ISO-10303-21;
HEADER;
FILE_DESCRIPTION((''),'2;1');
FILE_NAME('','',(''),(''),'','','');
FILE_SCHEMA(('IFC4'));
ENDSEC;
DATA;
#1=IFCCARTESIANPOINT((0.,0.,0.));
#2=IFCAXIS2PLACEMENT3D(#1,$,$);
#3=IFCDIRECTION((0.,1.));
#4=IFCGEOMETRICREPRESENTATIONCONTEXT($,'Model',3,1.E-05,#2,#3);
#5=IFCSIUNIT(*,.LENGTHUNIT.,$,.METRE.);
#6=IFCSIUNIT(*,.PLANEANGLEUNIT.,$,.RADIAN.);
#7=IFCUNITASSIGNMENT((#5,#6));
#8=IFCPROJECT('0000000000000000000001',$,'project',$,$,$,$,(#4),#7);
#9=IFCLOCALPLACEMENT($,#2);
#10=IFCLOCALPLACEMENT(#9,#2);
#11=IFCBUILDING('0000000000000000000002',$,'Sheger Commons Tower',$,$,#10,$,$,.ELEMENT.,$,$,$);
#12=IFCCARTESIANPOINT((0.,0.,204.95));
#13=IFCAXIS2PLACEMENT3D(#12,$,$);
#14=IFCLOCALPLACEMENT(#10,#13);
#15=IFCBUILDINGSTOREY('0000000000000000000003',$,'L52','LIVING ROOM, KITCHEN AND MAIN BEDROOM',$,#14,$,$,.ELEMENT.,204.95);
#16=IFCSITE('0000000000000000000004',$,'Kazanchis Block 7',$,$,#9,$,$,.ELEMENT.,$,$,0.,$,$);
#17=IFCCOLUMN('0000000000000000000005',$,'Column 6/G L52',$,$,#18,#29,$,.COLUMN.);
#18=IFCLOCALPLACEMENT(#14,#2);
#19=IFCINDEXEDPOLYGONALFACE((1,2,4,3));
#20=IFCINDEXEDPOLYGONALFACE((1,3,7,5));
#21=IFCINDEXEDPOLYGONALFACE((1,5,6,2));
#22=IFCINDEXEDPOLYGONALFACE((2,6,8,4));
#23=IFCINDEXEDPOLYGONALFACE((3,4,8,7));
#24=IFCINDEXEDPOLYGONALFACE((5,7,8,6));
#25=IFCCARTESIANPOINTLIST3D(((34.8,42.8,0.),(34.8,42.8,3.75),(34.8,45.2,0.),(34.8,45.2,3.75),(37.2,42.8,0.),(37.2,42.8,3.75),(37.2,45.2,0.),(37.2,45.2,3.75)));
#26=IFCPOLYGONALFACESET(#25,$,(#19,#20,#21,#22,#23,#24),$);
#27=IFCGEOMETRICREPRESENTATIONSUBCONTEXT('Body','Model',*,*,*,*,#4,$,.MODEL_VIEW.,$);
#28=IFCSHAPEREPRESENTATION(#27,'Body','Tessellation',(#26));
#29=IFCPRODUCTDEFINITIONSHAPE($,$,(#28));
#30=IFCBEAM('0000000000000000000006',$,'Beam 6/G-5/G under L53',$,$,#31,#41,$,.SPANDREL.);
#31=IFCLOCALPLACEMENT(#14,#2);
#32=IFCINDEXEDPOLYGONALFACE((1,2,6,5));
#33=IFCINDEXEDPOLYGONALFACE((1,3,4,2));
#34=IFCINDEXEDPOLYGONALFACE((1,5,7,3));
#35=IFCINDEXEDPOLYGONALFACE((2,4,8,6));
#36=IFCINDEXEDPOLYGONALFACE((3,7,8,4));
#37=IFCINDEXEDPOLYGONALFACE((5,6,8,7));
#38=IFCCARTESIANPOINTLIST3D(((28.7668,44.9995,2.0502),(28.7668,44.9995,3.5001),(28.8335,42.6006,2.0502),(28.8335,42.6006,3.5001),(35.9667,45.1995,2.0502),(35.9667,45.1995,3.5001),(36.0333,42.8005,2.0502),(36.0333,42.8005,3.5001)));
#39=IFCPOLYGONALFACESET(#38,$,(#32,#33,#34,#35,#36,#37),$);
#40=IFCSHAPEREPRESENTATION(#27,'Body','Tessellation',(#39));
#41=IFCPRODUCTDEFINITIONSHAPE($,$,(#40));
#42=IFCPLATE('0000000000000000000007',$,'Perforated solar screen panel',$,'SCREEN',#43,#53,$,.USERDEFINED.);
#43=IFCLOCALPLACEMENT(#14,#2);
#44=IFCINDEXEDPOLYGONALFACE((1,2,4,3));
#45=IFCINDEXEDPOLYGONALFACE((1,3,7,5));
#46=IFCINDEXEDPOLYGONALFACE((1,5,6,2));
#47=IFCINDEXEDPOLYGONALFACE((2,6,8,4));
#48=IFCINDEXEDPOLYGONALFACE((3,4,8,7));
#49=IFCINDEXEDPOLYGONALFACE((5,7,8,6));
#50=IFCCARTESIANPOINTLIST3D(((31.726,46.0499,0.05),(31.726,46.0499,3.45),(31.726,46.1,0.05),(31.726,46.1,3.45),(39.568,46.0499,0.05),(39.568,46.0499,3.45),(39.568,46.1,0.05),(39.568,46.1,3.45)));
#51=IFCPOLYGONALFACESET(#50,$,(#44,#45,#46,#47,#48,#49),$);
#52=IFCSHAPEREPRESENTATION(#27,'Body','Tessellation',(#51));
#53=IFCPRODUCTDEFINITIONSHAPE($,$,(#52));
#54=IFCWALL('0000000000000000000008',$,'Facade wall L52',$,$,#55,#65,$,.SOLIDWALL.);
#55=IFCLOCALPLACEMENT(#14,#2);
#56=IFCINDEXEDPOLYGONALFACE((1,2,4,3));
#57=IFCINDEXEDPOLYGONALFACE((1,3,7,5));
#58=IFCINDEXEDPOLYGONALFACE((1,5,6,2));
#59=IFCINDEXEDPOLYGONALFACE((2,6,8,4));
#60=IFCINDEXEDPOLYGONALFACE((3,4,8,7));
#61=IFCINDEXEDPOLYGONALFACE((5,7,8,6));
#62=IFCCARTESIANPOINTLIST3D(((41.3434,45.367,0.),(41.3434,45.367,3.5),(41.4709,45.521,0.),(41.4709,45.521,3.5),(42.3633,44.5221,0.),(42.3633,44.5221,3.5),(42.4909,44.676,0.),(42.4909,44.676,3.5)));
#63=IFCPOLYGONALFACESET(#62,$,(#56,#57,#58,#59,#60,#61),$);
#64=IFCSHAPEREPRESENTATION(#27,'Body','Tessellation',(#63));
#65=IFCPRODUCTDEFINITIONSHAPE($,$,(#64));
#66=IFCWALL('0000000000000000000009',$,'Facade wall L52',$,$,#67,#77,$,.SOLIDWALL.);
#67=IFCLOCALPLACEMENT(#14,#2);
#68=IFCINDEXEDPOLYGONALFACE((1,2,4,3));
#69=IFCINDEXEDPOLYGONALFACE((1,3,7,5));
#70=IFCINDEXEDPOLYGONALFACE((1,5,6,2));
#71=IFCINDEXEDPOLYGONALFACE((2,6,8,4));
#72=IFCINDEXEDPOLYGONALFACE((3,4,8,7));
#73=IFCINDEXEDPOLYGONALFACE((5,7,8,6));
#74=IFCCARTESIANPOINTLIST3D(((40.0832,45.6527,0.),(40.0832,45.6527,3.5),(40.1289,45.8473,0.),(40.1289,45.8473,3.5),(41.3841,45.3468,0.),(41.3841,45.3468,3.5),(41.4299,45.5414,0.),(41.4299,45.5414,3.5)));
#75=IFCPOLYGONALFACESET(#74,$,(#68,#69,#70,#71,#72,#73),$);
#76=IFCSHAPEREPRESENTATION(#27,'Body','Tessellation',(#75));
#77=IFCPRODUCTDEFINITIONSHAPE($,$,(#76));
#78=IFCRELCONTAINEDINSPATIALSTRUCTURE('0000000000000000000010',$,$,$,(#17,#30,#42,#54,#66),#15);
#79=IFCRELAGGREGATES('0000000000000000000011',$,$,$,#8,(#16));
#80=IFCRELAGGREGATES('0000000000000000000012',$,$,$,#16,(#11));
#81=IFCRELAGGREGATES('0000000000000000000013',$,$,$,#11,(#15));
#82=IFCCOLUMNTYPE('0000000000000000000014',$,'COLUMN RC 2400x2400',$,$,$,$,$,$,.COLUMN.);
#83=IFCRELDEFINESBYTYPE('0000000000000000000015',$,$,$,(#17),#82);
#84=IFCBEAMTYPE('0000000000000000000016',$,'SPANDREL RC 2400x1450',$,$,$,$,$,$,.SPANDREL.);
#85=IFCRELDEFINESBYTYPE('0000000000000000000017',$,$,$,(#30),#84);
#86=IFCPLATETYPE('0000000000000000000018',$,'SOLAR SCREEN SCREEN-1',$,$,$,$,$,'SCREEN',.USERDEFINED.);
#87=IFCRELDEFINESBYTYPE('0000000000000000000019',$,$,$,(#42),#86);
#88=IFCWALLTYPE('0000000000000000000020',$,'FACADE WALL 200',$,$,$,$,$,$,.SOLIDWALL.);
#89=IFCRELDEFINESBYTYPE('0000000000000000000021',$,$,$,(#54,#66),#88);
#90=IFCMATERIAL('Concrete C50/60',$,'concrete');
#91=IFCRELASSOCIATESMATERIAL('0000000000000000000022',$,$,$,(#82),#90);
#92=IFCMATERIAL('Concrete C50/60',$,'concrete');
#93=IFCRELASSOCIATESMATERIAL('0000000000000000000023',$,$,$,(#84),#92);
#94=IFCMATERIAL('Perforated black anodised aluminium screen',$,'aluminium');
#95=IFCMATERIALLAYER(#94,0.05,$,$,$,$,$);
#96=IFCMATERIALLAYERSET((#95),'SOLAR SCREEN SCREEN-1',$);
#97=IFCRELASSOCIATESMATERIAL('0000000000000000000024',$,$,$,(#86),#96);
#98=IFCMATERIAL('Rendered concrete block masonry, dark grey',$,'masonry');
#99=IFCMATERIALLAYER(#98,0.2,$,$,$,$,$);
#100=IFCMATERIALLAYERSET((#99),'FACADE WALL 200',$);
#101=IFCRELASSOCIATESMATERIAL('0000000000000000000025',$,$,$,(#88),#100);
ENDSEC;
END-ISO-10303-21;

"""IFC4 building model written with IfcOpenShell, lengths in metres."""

from ifc_helpers import new_model, si_unit, direction, frame, frame_2d, origin, origin_2d, place, context, subcontext, project, spatial, rectangle, extrude, material, layer, layer_set, material_profile, profile_set, type_object, element, save


model = new_model("IFC4")

# Units and contexts
model_context = context("Model", 3, precision=1e-05, world=origin(), true_north=direction((0.0, 1.0)))
body_context = subcontext(model_context, "Body", "Model", "MODEL_VIEW")
ifc_project = project(units=[si_unit("LENGTHUNIT", "METRE"), si_unit("PLANEANGLEUNIT", "RADIAN")], contexts=[model_context])

# Site, building, storey
site_placement = place(None, origin())
site = spatial("IfcSite", under=ifc_project, at=site_placement, Name="Kazanchis Block 7", CompositionType="ELEMENT", RefElevation=0.0)
building_placement = place(site_placement, origin())
building = spatial("IfcBuilding", under=site, at=building_placement, Name="Sheger Commons Tower", CompositionType="ELEMENT")
storey_placement = place(building_placement, frame((0.0, 0.0, 204.95)))
storey = spatial("IfcBuildingStorey", under=building, at=storey_placement, Name="L52", Description="LIVING ROOM, KITCHEN AND MAIN BEDROOM", CompositionType="ELEMENT", Elevation=204.95)

# Column
ifc_material_1 = material(Name="Concrete C50/60", Category="concrete")
ifc_material_profile_1 = material_profile(ifc_material_1, rectangle(XDim=2.3999, YDim=2.3999, at=origin_2d()), Name="RC 2400x2400")
ifc_profile_set_1 = profile_set([ifc_material_profile_1], Name="Concrete C50/60")
column_type = type_object("IfcColumnType", Name="COLUMN RC 2400x2400", PredefinedType="COLUMN", material=ifc_profile_set_1)
column_placement = place(storey_placement, frame((36.0, 44.0, 0.0), z_axis=(0.0, 0.0, 1.0), x_axis=(1.0, 0.0, 0.0)))
element("IfcColumn", 1, at=column_placement, inside=storey, type_object=column_type, Name="Column 6/G L52", PredefinedType="COLUMN", context=body_context, shape_type="SweptSolid", body=[
    extrude(rectangle(XDim=2.3999, YDim=2.3999, at=origin_2d()), origin(), (0.0, 0.0, 1.0), 3.75),
])

# Beam
ifc_material_2 = material(Name="Concrete C50/60", Category="concrete")
ifc_material_profile_2 = material_profile(ifc_material_2, rectangle(XDim=2.3999, YDim=1.45, at=origin_2d()), Name="RC 2400x1450")
ifc_profile_set_2 = profile_set([ifc_material_profile_2], Name="Concrete C50/60")
beam_type = type_object("IfcBeamType", Name="SPANDREL RC 2400x1450", PredefinedType="SPANDREL", material=ifc_profile_set_2)
beam_placement = place(storey_placement, frame((36.0, 44.0, 2.7751), z_axis=(-0.999615, -0.02776, 0.0), x_axis=(0.02776, -0.999615, 0.0)))
element("IfcBeam", 2, at=beam_placement, inside=storey, type_object=beam_type, Name="Beam 6/G-5/G under L53", PredefinedType="SPANDREL", context=body_context, shape_type="SweptSolid", body=[
    extrude(rectangle(XDim=2.3999, YDim=1.45, at=origin_2d()), origin(), (0.0, 0.0, 1.0), 7.2026),
])

# Plate
ifc_material_3 = material(Name="Perforated black anodised aluminium screen", Category="aluminium")
ifc_layer_1 = layer(ifc_material_3, 0.05)
ifc_layer_set_1 = layer_set([ifc_layer_1], Name="SOLAR SCREEN SCREEN-1")
plate_type = type_object("IfcPlateType", Name="SOLAR SCREEN SCREEN-1", ElementType="SCREEN", PredefinedType="USERDEFINED", material=ifc_layer_set_1)
plate_placement = place(storey_placement, frame((35.647, 46.075, 0.05), z_axis=(0.0, 0.0, 1.0), x_axis=(-1.0, 0.0, 0.0)))
element("IfcPlate", 3, at=plate_placement, inside=storey, type_object=plate_type, Name="Perforated solar screen panel", ObjectType="SCREEN", PredefinedType="USERDEFINED", context=body_context, shape_type="SweptSolid", body=[
    extrude(rectangle(XDim=7.842, YDim=0.05, at=origin_2d()), origin(), (0.0, 0.0, 1.0), 3.3999),
])

# Walls
ifc_material_4 = material(Name="Rendered concrete block masonry, dark grey", Category="masonry")
ifc_layer_2 = layer(ifc_material_4, 0.2)
ifc_layer_set_2 = layer_set([ifc_layer_2], Name="FACADE WALL 200")
wall_type_1 = type_object("IfcWallType", Name="FACADE WALL 200", PredefinedType="SOLIDWALL", material=ifc_layer_set_2)
wall_1_placement = place(storey_placement, frame((42.427, 44.5991, 0.0), z_axis=(0.0, 0.0, 1.0), x_axis=(-0.770091, 0.637934, 0.0)))
element("IfcWall", 4, at=wall_1_placement, inside=storey, type_object=wall_type_1, Name="Facade wall L52", PredefinedType="SOLIDWALL", context=body_context, shape_type="SweptSolid", body=[
    extrude(rectangle(XDim=1.3245, YDim=0.2, at=frame_2d((0.6621, 0.0))), origin(), (0.0, 0.0, 1.0), 3.5),
])
wall_2_placement = place(storey_placement, frame((41.407, 45.4441, 0.0), z_axis=(0.0, 0.0, 1.0), x_axis=(-0.973453, 0.228887, 0.0)))
element("IfcWall", 5, at=wall_2_placement, inside=storey, type_object=wall_type_1, Name="Facade wall L52", PredefinedType="SOLIDWALL", context=body_context, shape_type="SweptSolid", body=[
    extrude(rectangle(XDim=1.3364, YDim=0.2, at=frame_2d((0.6682, 0.0))), origin(), (0.0, 0.0, 1.0), 3.5),
])

save(model, "model.ifc")
